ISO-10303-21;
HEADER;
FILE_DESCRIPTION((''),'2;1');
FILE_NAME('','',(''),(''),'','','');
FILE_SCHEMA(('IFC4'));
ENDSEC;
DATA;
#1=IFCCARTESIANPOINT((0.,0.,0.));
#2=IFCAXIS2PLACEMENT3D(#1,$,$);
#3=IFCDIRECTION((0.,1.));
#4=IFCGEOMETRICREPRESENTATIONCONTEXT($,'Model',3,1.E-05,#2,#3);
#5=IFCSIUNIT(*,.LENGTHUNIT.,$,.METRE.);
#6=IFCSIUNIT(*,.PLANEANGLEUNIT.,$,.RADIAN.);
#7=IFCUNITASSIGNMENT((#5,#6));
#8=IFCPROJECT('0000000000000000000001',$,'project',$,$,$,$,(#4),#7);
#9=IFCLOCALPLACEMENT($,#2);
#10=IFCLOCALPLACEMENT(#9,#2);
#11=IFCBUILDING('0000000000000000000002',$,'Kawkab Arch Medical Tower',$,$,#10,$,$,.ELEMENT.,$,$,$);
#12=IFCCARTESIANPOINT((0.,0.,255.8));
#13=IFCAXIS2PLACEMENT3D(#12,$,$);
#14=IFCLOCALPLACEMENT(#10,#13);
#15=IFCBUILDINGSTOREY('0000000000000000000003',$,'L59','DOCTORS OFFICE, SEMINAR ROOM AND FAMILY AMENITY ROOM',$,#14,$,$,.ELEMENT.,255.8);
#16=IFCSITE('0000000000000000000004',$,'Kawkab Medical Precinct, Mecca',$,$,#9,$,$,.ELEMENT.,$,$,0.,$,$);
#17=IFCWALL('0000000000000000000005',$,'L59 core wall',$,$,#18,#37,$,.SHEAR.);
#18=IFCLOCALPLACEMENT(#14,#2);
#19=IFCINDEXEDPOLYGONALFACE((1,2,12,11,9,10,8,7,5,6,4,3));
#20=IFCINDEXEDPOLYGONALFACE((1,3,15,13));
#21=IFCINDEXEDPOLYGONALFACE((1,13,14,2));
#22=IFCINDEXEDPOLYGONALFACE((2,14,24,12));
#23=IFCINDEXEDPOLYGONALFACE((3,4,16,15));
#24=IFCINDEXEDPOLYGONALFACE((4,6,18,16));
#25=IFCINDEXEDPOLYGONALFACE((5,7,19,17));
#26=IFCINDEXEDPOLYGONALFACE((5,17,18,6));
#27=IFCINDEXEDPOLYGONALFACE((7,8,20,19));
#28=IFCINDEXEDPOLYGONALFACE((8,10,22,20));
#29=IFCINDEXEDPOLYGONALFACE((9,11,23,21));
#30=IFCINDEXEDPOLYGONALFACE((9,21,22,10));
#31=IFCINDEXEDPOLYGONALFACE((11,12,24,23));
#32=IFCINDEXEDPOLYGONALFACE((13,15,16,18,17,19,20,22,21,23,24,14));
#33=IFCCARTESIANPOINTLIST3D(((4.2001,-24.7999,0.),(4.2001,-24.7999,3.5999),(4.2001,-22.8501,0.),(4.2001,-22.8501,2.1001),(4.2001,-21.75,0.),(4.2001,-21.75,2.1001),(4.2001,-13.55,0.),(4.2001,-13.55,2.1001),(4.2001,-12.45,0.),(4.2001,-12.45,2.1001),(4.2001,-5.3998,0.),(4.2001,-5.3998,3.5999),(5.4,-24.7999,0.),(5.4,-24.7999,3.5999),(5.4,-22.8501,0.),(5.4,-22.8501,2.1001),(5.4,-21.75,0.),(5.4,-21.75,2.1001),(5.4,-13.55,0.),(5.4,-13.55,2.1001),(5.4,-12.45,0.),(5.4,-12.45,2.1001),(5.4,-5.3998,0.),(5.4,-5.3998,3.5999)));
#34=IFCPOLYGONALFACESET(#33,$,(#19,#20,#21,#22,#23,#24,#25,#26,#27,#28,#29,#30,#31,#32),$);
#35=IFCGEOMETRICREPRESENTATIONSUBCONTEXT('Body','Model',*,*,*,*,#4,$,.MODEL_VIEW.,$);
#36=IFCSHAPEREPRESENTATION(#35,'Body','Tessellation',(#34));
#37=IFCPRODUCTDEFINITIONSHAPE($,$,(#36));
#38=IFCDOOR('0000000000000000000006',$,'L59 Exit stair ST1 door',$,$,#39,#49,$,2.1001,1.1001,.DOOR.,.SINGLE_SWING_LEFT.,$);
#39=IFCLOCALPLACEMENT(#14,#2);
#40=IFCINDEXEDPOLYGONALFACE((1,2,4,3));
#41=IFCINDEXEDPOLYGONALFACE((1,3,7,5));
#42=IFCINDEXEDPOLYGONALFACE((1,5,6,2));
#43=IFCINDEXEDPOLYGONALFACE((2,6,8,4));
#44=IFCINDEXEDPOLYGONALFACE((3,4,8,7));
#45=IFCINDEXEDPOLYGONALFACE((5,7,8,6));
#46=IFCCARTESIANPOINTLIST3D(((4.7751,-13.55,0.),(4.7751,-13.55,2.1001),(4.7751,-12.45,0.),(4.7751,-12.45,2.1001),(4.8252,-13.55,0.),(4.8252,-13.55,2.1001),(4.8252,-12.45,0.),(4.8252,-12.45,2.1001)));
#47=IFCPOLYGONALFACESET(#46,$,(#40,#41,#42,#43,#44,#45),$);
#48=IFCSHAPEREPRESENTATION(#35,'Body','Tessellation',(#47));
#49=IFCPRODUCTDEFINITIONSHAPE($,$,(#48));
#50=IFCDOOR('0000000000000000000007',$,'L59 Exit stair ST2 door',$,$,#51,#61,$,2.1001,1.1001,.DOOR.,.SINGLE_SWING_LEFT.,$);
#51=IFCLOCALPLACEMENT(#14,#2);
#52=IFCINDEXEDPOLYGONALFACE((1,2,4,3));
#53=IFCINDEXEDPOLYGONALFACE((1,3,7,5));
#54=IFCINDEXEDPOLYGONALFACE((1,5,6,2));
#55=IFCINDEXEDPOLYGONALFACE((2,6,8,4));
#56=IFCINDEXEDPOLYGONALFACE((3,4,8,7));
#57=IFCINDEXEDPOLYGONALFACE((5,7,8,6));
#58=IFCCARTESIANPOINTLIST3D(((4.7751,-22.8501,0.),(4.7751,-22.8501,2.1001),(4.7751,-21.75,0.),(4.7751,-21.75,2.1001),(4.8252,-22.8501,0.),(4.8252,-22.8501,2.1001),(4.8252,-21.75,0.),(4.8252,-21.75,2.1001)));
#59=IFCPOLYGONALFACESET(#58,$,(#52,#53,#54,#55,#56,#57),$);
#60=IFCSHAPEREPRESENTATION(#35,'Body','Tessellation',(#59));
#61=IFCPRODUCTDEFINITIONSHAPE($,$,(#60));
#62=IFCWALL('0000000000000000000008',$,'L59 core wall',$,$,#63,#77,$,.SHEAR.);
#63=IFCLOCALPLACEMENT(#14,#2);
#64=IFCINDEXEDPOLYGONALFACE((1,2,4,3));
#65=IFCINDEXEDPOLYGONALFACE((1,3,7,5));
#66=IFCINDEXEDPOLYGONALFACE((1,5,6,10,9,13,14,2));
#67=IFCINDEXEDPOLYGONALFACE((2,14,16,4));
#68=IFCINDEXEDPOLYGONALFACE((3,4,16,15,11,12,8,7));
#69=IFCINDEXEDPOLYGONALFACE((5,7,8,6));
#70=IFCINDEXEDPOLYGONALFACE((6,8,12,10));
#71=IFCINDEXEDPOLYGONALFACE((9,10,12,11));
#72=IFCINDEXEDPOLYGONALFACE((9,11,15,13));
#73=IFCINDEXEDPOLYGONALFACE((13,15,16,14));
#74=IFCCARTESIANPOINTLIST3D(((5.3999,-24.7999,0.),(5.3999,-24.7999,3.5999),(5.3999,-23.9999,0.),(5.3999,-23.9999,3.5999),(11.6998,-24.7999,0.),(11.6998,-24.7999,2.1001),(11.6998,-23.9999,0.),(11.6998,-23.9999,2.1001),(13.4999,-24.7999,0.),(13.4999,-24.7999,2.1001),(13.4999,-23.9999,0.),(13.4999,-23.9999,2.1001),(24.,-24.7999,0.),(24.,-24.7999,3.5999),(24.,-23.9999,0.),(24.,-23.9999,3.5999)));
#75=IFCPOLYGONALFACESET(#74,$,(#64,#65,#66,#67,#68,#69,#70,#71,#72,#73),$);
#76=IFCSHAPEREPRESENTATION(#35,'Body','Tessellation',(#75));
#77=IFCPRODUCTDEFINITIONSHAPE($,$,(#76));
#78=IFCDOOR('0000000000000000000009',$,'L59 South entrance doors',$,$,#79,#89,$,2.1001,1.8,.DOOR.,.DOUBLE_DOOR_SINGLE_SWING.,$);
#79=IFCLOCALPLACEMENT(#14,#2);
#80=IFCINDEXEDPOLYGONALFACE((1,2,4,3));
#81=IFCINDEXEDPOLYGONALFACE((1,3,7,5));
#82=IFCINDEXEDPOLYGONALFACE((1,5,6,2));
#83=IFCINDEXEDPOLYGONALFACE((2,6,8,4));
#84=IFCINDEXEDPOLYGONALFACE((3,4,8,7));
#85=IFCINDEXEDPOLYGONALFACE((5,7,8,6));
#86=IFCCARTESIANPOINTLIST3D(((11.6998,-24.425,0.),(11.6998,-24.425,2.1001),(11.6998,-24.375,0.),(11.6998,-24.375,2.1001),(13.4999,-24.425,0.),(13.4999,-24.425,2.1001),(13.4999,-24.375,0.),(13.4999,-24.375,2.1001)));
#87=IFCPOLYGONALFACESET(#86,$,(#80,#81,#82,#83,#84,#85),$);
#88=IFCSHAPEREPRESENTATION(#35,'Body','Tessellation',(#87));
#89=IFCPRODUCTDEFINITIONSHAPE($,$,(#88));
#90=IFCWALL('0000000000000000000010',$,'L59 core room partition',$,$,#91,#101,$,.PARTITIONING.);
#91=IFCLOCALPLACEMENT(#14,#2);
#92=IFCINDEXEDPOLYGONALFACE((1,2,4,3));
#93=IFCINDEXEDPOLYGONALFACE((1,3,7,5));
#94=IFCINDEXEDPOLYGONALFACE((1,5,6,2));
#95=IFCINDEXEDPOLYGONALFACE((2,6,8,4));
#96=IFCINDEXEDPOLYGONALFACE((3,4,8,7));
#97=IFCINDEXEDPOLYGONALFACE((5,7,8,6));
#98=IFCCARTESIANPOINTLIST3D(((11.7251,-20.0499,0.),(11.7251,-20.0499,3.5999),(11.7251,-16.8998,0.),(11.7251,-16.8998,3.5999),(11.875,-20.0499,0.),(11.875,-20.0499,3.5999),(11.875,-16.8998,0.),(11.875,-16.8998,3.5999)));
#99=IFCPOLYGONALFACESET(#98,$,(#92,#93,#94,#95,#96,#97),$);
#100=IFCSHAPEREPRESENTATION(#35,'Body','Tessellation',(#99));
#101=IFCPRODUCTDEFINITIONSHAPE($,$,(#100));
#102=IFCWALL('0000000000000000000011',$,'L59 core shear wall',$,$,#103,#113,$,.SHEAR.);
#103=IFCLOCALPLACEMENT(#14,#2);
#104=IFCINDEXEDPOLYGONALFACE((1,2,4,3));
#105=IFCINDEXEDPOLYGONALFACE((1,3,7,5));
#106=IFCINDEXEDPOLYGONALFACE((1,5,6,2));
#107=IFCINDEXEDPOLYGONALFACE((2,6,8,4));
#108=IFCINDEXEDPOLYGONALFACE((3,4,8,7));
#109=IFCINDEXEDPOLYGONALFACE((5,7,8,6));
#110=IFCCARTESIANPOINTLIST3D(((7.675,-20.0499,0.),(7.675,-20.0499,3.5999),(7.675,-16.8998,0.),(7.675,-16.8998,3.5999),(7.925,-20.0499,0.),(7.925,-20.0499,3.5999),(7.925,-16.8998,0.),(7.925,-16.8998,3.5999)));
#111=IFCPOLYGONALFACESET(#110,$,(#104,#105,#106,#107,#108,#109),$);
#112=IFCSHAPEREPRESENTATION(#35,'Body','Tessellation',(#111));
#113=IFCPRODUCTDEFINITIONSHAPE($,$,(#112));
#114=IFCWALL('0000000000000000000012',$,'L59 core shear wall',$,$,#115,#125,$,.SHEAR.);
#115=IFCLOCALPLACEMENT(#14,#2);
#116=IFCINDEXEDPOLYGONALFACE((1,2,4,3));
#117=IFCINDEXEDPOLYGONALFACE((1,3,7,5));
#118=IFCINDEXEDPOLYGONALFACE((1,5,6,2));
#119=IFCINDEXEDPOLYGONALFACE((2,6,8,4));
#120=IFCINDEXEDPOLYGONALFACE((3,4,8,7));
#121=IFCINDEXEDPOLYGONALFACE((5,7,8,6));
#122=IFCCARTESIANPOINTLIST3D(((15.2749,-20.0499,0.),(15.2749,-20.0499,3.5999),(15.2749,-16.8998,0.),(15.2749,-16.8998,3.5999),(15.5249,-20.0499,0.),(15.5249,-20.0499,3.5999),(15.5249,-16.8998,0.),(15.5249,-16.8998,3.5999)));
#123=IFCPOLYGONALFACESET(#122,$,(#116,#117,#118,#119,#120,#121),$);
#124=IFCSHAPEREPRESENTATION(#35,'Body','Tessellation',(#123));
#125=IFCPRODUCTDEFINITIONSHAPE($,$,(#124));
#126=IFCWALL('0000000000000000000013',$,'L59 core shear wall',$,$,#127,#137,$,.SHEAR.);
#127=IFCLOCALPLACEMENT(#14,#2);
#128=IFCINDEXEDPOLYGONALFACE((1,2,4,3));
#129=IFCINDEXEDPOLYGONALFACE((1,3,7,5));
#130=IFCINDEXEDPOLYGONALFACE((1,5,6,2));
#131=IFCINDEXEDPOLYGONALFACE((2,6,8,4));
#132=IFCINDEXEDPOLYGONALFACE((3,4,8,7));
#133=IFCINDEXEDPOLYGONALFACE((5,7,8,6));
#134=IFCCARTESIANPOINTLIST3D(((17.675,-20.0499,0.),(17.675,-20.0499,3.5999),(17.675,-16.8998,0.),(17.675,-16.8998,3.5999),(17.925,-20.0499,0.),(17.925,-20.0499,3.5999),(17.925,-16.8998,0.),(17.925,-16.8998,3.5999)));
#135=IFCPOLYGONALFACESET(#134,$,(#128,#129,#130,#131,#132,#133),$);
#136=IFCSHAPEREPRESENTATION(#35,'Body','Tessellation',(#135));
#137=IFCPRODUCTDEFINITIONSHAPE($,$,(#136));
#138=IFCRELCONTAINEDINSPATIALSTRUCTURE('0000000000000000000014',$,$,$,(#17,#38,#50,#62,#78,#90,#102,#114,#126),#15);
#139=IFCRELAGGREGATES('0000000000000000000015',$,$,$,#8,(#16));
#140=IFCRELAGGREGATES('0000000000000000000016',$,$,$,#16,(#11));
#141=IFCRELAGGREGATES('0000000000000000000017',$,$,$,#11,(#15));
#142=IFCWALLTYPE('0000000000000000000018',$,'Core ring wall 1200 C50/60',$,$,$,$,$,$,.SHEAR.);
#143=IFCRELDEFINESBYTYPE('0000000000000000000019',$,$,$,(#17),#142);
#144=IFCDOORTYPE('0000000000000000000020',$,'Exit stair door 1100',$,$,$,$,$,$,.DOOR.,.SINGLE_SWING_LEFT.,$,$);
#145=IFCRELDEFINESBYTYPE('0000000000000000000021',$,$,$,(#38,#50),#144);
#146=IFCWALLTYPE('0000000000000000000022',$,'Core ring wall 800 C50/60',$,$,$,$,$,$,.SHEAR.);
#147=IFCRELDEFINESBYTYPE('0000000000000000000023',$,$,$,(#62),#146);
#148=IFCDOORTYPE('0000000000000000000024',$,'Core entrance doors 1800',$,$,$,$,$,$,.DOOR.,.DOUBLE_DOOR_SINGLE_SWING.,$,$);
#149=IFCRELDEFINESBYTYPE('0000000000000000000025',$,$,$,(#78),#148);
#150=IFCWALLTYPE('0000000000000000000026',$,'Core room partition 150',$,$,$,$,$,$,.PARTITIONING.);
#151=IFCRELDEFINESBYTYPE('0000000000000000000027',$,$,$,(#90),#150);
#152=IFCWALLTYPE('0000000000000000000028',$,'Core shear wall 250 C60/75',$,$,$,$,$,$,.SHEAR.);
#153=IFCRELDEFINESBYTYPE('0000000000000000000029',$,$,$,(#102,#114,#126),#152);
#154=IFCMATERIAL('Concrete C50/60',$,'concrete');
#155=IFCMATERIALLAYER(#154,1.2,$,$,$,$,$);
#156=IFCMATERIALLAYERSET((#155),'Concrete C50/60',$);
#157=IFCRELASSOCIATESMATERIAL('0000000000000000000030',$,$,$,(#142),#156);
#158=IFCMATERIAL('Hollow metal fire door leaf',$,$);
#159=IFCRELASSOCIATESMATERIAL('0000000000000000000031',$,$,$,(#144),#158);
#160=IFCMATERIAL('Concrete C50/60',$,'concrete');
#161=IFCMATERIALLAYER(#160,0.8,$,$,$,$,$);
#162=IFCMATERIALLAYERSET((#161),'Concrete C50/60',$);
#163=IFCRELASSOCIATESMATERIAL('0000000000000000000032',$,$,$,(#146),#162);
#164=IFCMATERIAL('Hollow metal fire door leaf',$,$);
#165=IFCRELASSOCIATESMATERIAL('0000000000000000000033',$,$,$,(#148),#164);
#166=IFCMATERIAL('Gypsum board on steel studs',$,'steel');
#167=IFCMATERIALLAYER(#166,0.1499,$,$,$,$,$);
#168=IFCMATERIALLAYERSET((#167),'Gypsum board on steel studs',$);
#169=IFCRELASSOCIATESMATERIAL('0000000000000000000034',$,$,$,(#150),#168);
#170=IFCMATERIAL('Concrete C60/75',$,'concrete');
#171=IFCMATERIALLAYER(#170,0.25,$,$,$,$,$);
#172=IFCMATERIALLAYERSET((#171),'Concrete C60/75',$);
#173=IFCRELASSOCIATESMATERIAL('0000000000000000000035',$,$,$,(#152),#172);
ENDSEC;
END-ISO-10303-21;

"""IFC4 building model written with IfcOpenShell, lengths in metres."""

from ifc_helpers import new_model, si_unit, direction, frame, frame_2d, origin, place, context, subcontext, project, spatial, rectangle, extrude, material, layer, layer_set, type_object, element, fill, save


model = new_model("IFC4")

# Units and contexts
model_context = context("Model", 3, precision=1e-05, world=origin(), true_north=direction((0.0, 1.0)))
body_context = subcontext(model_context, "Body", "Model", "MODEL_VIEW")
ifc_project = project(units=[si_unit("LENGTHUNIT", "METRE"), si_unit("PLANEANGLEUNIT", "RADIAN")], contexts=[model_context])

# Site, building, storey
site_placement = place(None, origin())
site = spatial("IfcSite", under=ifc_project, at=site_placement, Name="Kawkab Medical Precinct, Mecca", CompositionType="ELEMENT", RefElevation=0.0)
building_placement = place(site_placement, origin())
building = spatial("IfcBuilding", under=site, at=building_placement, Name="Kawkab Arch Medical Tower", CompositionType="ELEMENT")
storey_placement = place(building_placement, frame((0.0, 0.0, 255.8)))
storey = spatial("IfcBuildingStorey", under=building, at=storey_placement, Name="L59", Description="DOCTORS OFFICE, SEMINAR ROOM AND FAMILY AMENITY ROOM", CompositionType="ELEMENT", Elevation=255.8)

# Wall, openings, doors
ifc_material_1 = material(Name="Concrete C50/60", Category="concrete")
ifc_layer_1 = layer(ifc_material_1, 1.2)
ifc_layer_set_1 = layer_set([ifc_layer_1], Name="Concrete C50/60")
wall_type_1 = type_object("IfcWallType", Name="Core ring wall 1200 C50/60", PredefinedType="SHEAR", material=ifc_layer_set_1)
wall_1_placement = place(storey_placement, frame((4.8, -24.8, 0.0), z_axis=(0.0, 0.0, 1.0), x_axis=(0.0, 1.0, 0.0)))
wall_1 = element("IfcWall", 1, at=wall_1_placement, inside=storey, type_object=wall_type_1, Name="L59 core wall", PredefinedType="SHEAR", context=body_context, shape_type="SweptSolid", body=[
    extrude(rectangle(XDim=19.4001, YDim=1.2, at=frame_2d((9.7002, 0.0))), origin(), (0.0, 0.0, 1.0), 3.5999),
])
opening_1_placement = place(wall_1_placement, frame((11.25, 0.0, 0.0)))
opening_1 = element("IfcOpeningElement", 2, at=opening_1_placement, cuts=wall_1, PredefinedType="OPENING", context=body_context, shape_type="SweptSolid", body=[
    extrude(rectangle(XDim=1.1001, YDim=2.1001, at=frame_2d((0.55, 1.05))), frame((0.0, 0.6099, 0.0), z_axis=(0.0, -1.0, 0.0), x_axis=(1.0, 0.0, 0.0)), (0.0, 0.0, 1.0), 1.22),
])
opening_2_placement = place(wall_1_placement, frame((1.95, 0.0, 0.0)))
opening_2 = element("IfcOpeningElement", 3, at=opening_2_placement, cuts=wall_1, PredefinedType="OPENING", context=body_context, shape_type="SweptSolid", body=[
    extrude(rectangle(XDim=1.1001, YDim=2.1001, at=frame_2d((0.55, 1.05))), frame((0.0, 0.6099, 0.0), z_axis=(0.0, -1.0, 0.0), x_axis=(1.0, 0.0, 0.0)), (0.0, 0.0, 1.0), 1.22),
])
ifc_material_2 = material(Name="Hollow metal fire door leaf")
door_type_1 = type_object("IfcDoorType", Name="Exit stair door 1100", OperationType="SINGLE_SWING_LEFT", PredefinedType="DOOR", material=ifc_material_2)
door_1_placement = place(opening_1_placement, origin())
door_1 = element("IfcDoor", 4, at=door_1_placement, inside=storey, type_object=door_type_1, Name="L59 Exit stair ST1 door", OperationType="SINGLE_SWING_LEFT", OverallHeight=2.1001, OverallWidth=1.1001, PredefinedType="DOOR", context=body_context, shape_type="SweptSolid", body=[
    extrude(rectangle(XDim=1.1001, YDim=2.1001, at=frame_2d((0.55, 1.05))), frame((0.0, 0.0249, 0.0), z_axis=(0.0, -1.0, 0.0), x_axis=(1.0, 0.0, 0.0)), (0.0, 0.0, 1.0), 0.05),
])
fill(opening_1, door_1)
door_2_placement = place(opening_2_placement, origin())
door_2 = element("IfcDoor", 5, at=door_2_placement, inside=storey, type_object=door_type_1, Name="L59 Exit stair ST2 door", OperationType="SINGLE_SWING_LEFT", OverallHeight=2.1001, OverallWidth=1.1001, PredefinedType="DOOR", context=body_context, shape_type="SweptSolid", body=[
    extrude(rectangle(XDim=1.1001, YDim=2.1001, at=frame_2d((0.55, 1.05))), frame((0.0, 0.0249, 0.0), z_axis=(0.0, -1.0, 0.0), x_axis=(1.0, 0.0, 0.0)), (0.0, 0.0, 1.0), 0.05),
])
fill(opening_2, door_2)

# Wall, opening, door
ifc_material_3 = material(Name="Concrete C50/60", Category="concrete")
ifc_layer_2 = layer(ifc_material_3, 0.8)
ifc_layer_set_2 = layer_set([ifc_layer_2], Name="Concrete C50/60")
wall_type_2 = type_object("IfcWallType", Name="Core ring wall 800 C50/60", PredefinedType="SHEAR", material=ifc_layer_set_2)
wall_2_placement = place(storey_placement, frame((5.3999, -24.3999, 0.0), z_axis=(0.0, 0.0, 1.0), x_axis=(1.0, 0.0, 0.0)))
wall_2 = element("IfcWall", 6, at=wall_2_placement, inside=storey, type_object=wall_type_2, Name="L59 core wall", PredefinedType="SHEAR", context=body_context, shape_type="SweptSolid", body=[
    extrude(rectangle(XDim=18.6001, YDim=0.8, at=frame_2d((9.3, 0.0))), origin(), (0.0, 0.0, 1.0), 3.5999),
])
opening_3_placement = place(wall_2_placement, frame((6.3, 0.0, 0.0)))
opening_3 = element("IfcOpeningElement", 7, at=opening_3_placement, cuts=wall_2, PredefinedType="OPENING", context=body_context, shape_type="SweptSolid", body=[
    extrude(rectangle(XDim=1.8, YDim=2.1001, at=frame_2d((0.8999, 1.05))), frame((0.0, 0.4099, 0.0), z_axis=(0.0, -1.0, 0.0), x_axis=(1.0, 0.0, 0.0)), (0.0, 0.0, 1.0), 0.8201),
])
ifc_material_4 = material(Name="Hollow metal fire door leaf")
door_type_2 = type_object("IfcDoorType", Name="Core entrance doors 1800", OperationType="DOUBLE_DOOR_SINGLE_SWING", PredefinedType="DOOR", material=ifc_material_4)
door_3_placement = place(opening_3_placement, origin())
door_3 = element("IfcDoor", 8, at=door_3_placement, inside=storey, type_object=door_type_2, Name="L59 South entrance doors", OperationType="DOUBLE_DOOR_SINGLE_SWING", OverallHeight=2.1001, OverallWidth=1.8, PredefinedType="DOOR", context=body_context, shape_type="SweptSolid", body=[
    extrude(rectangle(XDim=1.8, YDim=2.1001, at=frame_2d((0.8999, 1.05))), frame((0.0, 0.0249, 0.0), z_axis=(0.0, -1.0, 0.0), x_axis=(1.0, 0.0, 0.0)), (0.0, 0.0, 1.0), 0.05),
])
fill(opening_3, door_3)

# Walls
ifc_material_5 = material(Name="Gypsum board on steel studs", Category="steel")
ifc_layer_3 = layer(ifc_material_5, 0.1499)
ifc_layer_set_3 = layer_set([ifc_layer_3], Name="Gypsum board on steel studs")
wall_type_3 = type_object("IfcWallType", Name="Core room partition 150", PredefinedType="PARTITIONING", material=ifc_layer_set_3)
wall_3_placement = place(storey_placement, frame((11.8, -20.05, 0.0), z_axis=(0.0, 0.0, 1.0), x_axis=(0.0, 1.0, 0.0)))
element("IfcWall", 9, at=wall_3_placement, inside=storey, type_object=wall_type_3, Name="L59 core room partition", PredefinedType="PARTITIONING", context=body_context, shape_type="SweptSolid", body=[
    extrude(rectangle(XDim=3.1501, YDim=0.1499, at=frame_2d((1.5752, 0.0))), origin(), (0.0, 0.0, 1.0), 3.5999),
])
ifc_material_6 = material(Name="Concrete C60/75", Category="concrete")
ifc_layer_4 = layer(ifc_material_6, 0.25)
ifc_layer_set_4 = layer_set([ifc_layer_4], Name="Concrete C60/75")
wall_type_4 = type_object("IfcWallType", Name="Core shear wall 250 C60/75", PredefinedType="SHEAR", material=ifc_layer_set_4)
for number, where, z_axis, x_axis, name in (
    (10, (7.8, -20.05, 0.0), (0.0, 0.0, 1.0), (0.0, 1.0, 0.0), "L59 core shear wall"),
    (11, (15.3999, -20.05, 0.0), (0.0, 0.0, 1.0), (0.0, 1.0, 0.0), "L59 core shear wall"),
    (12, (17.8, -20.05, 0.0), (0.0, 0.0, 1.0), (0.0, 1.0, 0.0), "L59 core shear wall"),
):
    element("IfcWall", number, at=place(storey_placement, frame(where, z_axis=z_axis, x_axis=x_axis)), inside=storey, type_object=wall_type_4, Name=name, PredefinedType="SHEAR", context=body_context, shape_type="SweptSolid", body=[
        extrude(rectangle(XDim=3.1501, YDim=0.25, at=frame_2d((1.5752, 0.0))), origin(), (0.0, 0.0, 1.0), 3.5999),
    ])

save(model, "model.ifc")
